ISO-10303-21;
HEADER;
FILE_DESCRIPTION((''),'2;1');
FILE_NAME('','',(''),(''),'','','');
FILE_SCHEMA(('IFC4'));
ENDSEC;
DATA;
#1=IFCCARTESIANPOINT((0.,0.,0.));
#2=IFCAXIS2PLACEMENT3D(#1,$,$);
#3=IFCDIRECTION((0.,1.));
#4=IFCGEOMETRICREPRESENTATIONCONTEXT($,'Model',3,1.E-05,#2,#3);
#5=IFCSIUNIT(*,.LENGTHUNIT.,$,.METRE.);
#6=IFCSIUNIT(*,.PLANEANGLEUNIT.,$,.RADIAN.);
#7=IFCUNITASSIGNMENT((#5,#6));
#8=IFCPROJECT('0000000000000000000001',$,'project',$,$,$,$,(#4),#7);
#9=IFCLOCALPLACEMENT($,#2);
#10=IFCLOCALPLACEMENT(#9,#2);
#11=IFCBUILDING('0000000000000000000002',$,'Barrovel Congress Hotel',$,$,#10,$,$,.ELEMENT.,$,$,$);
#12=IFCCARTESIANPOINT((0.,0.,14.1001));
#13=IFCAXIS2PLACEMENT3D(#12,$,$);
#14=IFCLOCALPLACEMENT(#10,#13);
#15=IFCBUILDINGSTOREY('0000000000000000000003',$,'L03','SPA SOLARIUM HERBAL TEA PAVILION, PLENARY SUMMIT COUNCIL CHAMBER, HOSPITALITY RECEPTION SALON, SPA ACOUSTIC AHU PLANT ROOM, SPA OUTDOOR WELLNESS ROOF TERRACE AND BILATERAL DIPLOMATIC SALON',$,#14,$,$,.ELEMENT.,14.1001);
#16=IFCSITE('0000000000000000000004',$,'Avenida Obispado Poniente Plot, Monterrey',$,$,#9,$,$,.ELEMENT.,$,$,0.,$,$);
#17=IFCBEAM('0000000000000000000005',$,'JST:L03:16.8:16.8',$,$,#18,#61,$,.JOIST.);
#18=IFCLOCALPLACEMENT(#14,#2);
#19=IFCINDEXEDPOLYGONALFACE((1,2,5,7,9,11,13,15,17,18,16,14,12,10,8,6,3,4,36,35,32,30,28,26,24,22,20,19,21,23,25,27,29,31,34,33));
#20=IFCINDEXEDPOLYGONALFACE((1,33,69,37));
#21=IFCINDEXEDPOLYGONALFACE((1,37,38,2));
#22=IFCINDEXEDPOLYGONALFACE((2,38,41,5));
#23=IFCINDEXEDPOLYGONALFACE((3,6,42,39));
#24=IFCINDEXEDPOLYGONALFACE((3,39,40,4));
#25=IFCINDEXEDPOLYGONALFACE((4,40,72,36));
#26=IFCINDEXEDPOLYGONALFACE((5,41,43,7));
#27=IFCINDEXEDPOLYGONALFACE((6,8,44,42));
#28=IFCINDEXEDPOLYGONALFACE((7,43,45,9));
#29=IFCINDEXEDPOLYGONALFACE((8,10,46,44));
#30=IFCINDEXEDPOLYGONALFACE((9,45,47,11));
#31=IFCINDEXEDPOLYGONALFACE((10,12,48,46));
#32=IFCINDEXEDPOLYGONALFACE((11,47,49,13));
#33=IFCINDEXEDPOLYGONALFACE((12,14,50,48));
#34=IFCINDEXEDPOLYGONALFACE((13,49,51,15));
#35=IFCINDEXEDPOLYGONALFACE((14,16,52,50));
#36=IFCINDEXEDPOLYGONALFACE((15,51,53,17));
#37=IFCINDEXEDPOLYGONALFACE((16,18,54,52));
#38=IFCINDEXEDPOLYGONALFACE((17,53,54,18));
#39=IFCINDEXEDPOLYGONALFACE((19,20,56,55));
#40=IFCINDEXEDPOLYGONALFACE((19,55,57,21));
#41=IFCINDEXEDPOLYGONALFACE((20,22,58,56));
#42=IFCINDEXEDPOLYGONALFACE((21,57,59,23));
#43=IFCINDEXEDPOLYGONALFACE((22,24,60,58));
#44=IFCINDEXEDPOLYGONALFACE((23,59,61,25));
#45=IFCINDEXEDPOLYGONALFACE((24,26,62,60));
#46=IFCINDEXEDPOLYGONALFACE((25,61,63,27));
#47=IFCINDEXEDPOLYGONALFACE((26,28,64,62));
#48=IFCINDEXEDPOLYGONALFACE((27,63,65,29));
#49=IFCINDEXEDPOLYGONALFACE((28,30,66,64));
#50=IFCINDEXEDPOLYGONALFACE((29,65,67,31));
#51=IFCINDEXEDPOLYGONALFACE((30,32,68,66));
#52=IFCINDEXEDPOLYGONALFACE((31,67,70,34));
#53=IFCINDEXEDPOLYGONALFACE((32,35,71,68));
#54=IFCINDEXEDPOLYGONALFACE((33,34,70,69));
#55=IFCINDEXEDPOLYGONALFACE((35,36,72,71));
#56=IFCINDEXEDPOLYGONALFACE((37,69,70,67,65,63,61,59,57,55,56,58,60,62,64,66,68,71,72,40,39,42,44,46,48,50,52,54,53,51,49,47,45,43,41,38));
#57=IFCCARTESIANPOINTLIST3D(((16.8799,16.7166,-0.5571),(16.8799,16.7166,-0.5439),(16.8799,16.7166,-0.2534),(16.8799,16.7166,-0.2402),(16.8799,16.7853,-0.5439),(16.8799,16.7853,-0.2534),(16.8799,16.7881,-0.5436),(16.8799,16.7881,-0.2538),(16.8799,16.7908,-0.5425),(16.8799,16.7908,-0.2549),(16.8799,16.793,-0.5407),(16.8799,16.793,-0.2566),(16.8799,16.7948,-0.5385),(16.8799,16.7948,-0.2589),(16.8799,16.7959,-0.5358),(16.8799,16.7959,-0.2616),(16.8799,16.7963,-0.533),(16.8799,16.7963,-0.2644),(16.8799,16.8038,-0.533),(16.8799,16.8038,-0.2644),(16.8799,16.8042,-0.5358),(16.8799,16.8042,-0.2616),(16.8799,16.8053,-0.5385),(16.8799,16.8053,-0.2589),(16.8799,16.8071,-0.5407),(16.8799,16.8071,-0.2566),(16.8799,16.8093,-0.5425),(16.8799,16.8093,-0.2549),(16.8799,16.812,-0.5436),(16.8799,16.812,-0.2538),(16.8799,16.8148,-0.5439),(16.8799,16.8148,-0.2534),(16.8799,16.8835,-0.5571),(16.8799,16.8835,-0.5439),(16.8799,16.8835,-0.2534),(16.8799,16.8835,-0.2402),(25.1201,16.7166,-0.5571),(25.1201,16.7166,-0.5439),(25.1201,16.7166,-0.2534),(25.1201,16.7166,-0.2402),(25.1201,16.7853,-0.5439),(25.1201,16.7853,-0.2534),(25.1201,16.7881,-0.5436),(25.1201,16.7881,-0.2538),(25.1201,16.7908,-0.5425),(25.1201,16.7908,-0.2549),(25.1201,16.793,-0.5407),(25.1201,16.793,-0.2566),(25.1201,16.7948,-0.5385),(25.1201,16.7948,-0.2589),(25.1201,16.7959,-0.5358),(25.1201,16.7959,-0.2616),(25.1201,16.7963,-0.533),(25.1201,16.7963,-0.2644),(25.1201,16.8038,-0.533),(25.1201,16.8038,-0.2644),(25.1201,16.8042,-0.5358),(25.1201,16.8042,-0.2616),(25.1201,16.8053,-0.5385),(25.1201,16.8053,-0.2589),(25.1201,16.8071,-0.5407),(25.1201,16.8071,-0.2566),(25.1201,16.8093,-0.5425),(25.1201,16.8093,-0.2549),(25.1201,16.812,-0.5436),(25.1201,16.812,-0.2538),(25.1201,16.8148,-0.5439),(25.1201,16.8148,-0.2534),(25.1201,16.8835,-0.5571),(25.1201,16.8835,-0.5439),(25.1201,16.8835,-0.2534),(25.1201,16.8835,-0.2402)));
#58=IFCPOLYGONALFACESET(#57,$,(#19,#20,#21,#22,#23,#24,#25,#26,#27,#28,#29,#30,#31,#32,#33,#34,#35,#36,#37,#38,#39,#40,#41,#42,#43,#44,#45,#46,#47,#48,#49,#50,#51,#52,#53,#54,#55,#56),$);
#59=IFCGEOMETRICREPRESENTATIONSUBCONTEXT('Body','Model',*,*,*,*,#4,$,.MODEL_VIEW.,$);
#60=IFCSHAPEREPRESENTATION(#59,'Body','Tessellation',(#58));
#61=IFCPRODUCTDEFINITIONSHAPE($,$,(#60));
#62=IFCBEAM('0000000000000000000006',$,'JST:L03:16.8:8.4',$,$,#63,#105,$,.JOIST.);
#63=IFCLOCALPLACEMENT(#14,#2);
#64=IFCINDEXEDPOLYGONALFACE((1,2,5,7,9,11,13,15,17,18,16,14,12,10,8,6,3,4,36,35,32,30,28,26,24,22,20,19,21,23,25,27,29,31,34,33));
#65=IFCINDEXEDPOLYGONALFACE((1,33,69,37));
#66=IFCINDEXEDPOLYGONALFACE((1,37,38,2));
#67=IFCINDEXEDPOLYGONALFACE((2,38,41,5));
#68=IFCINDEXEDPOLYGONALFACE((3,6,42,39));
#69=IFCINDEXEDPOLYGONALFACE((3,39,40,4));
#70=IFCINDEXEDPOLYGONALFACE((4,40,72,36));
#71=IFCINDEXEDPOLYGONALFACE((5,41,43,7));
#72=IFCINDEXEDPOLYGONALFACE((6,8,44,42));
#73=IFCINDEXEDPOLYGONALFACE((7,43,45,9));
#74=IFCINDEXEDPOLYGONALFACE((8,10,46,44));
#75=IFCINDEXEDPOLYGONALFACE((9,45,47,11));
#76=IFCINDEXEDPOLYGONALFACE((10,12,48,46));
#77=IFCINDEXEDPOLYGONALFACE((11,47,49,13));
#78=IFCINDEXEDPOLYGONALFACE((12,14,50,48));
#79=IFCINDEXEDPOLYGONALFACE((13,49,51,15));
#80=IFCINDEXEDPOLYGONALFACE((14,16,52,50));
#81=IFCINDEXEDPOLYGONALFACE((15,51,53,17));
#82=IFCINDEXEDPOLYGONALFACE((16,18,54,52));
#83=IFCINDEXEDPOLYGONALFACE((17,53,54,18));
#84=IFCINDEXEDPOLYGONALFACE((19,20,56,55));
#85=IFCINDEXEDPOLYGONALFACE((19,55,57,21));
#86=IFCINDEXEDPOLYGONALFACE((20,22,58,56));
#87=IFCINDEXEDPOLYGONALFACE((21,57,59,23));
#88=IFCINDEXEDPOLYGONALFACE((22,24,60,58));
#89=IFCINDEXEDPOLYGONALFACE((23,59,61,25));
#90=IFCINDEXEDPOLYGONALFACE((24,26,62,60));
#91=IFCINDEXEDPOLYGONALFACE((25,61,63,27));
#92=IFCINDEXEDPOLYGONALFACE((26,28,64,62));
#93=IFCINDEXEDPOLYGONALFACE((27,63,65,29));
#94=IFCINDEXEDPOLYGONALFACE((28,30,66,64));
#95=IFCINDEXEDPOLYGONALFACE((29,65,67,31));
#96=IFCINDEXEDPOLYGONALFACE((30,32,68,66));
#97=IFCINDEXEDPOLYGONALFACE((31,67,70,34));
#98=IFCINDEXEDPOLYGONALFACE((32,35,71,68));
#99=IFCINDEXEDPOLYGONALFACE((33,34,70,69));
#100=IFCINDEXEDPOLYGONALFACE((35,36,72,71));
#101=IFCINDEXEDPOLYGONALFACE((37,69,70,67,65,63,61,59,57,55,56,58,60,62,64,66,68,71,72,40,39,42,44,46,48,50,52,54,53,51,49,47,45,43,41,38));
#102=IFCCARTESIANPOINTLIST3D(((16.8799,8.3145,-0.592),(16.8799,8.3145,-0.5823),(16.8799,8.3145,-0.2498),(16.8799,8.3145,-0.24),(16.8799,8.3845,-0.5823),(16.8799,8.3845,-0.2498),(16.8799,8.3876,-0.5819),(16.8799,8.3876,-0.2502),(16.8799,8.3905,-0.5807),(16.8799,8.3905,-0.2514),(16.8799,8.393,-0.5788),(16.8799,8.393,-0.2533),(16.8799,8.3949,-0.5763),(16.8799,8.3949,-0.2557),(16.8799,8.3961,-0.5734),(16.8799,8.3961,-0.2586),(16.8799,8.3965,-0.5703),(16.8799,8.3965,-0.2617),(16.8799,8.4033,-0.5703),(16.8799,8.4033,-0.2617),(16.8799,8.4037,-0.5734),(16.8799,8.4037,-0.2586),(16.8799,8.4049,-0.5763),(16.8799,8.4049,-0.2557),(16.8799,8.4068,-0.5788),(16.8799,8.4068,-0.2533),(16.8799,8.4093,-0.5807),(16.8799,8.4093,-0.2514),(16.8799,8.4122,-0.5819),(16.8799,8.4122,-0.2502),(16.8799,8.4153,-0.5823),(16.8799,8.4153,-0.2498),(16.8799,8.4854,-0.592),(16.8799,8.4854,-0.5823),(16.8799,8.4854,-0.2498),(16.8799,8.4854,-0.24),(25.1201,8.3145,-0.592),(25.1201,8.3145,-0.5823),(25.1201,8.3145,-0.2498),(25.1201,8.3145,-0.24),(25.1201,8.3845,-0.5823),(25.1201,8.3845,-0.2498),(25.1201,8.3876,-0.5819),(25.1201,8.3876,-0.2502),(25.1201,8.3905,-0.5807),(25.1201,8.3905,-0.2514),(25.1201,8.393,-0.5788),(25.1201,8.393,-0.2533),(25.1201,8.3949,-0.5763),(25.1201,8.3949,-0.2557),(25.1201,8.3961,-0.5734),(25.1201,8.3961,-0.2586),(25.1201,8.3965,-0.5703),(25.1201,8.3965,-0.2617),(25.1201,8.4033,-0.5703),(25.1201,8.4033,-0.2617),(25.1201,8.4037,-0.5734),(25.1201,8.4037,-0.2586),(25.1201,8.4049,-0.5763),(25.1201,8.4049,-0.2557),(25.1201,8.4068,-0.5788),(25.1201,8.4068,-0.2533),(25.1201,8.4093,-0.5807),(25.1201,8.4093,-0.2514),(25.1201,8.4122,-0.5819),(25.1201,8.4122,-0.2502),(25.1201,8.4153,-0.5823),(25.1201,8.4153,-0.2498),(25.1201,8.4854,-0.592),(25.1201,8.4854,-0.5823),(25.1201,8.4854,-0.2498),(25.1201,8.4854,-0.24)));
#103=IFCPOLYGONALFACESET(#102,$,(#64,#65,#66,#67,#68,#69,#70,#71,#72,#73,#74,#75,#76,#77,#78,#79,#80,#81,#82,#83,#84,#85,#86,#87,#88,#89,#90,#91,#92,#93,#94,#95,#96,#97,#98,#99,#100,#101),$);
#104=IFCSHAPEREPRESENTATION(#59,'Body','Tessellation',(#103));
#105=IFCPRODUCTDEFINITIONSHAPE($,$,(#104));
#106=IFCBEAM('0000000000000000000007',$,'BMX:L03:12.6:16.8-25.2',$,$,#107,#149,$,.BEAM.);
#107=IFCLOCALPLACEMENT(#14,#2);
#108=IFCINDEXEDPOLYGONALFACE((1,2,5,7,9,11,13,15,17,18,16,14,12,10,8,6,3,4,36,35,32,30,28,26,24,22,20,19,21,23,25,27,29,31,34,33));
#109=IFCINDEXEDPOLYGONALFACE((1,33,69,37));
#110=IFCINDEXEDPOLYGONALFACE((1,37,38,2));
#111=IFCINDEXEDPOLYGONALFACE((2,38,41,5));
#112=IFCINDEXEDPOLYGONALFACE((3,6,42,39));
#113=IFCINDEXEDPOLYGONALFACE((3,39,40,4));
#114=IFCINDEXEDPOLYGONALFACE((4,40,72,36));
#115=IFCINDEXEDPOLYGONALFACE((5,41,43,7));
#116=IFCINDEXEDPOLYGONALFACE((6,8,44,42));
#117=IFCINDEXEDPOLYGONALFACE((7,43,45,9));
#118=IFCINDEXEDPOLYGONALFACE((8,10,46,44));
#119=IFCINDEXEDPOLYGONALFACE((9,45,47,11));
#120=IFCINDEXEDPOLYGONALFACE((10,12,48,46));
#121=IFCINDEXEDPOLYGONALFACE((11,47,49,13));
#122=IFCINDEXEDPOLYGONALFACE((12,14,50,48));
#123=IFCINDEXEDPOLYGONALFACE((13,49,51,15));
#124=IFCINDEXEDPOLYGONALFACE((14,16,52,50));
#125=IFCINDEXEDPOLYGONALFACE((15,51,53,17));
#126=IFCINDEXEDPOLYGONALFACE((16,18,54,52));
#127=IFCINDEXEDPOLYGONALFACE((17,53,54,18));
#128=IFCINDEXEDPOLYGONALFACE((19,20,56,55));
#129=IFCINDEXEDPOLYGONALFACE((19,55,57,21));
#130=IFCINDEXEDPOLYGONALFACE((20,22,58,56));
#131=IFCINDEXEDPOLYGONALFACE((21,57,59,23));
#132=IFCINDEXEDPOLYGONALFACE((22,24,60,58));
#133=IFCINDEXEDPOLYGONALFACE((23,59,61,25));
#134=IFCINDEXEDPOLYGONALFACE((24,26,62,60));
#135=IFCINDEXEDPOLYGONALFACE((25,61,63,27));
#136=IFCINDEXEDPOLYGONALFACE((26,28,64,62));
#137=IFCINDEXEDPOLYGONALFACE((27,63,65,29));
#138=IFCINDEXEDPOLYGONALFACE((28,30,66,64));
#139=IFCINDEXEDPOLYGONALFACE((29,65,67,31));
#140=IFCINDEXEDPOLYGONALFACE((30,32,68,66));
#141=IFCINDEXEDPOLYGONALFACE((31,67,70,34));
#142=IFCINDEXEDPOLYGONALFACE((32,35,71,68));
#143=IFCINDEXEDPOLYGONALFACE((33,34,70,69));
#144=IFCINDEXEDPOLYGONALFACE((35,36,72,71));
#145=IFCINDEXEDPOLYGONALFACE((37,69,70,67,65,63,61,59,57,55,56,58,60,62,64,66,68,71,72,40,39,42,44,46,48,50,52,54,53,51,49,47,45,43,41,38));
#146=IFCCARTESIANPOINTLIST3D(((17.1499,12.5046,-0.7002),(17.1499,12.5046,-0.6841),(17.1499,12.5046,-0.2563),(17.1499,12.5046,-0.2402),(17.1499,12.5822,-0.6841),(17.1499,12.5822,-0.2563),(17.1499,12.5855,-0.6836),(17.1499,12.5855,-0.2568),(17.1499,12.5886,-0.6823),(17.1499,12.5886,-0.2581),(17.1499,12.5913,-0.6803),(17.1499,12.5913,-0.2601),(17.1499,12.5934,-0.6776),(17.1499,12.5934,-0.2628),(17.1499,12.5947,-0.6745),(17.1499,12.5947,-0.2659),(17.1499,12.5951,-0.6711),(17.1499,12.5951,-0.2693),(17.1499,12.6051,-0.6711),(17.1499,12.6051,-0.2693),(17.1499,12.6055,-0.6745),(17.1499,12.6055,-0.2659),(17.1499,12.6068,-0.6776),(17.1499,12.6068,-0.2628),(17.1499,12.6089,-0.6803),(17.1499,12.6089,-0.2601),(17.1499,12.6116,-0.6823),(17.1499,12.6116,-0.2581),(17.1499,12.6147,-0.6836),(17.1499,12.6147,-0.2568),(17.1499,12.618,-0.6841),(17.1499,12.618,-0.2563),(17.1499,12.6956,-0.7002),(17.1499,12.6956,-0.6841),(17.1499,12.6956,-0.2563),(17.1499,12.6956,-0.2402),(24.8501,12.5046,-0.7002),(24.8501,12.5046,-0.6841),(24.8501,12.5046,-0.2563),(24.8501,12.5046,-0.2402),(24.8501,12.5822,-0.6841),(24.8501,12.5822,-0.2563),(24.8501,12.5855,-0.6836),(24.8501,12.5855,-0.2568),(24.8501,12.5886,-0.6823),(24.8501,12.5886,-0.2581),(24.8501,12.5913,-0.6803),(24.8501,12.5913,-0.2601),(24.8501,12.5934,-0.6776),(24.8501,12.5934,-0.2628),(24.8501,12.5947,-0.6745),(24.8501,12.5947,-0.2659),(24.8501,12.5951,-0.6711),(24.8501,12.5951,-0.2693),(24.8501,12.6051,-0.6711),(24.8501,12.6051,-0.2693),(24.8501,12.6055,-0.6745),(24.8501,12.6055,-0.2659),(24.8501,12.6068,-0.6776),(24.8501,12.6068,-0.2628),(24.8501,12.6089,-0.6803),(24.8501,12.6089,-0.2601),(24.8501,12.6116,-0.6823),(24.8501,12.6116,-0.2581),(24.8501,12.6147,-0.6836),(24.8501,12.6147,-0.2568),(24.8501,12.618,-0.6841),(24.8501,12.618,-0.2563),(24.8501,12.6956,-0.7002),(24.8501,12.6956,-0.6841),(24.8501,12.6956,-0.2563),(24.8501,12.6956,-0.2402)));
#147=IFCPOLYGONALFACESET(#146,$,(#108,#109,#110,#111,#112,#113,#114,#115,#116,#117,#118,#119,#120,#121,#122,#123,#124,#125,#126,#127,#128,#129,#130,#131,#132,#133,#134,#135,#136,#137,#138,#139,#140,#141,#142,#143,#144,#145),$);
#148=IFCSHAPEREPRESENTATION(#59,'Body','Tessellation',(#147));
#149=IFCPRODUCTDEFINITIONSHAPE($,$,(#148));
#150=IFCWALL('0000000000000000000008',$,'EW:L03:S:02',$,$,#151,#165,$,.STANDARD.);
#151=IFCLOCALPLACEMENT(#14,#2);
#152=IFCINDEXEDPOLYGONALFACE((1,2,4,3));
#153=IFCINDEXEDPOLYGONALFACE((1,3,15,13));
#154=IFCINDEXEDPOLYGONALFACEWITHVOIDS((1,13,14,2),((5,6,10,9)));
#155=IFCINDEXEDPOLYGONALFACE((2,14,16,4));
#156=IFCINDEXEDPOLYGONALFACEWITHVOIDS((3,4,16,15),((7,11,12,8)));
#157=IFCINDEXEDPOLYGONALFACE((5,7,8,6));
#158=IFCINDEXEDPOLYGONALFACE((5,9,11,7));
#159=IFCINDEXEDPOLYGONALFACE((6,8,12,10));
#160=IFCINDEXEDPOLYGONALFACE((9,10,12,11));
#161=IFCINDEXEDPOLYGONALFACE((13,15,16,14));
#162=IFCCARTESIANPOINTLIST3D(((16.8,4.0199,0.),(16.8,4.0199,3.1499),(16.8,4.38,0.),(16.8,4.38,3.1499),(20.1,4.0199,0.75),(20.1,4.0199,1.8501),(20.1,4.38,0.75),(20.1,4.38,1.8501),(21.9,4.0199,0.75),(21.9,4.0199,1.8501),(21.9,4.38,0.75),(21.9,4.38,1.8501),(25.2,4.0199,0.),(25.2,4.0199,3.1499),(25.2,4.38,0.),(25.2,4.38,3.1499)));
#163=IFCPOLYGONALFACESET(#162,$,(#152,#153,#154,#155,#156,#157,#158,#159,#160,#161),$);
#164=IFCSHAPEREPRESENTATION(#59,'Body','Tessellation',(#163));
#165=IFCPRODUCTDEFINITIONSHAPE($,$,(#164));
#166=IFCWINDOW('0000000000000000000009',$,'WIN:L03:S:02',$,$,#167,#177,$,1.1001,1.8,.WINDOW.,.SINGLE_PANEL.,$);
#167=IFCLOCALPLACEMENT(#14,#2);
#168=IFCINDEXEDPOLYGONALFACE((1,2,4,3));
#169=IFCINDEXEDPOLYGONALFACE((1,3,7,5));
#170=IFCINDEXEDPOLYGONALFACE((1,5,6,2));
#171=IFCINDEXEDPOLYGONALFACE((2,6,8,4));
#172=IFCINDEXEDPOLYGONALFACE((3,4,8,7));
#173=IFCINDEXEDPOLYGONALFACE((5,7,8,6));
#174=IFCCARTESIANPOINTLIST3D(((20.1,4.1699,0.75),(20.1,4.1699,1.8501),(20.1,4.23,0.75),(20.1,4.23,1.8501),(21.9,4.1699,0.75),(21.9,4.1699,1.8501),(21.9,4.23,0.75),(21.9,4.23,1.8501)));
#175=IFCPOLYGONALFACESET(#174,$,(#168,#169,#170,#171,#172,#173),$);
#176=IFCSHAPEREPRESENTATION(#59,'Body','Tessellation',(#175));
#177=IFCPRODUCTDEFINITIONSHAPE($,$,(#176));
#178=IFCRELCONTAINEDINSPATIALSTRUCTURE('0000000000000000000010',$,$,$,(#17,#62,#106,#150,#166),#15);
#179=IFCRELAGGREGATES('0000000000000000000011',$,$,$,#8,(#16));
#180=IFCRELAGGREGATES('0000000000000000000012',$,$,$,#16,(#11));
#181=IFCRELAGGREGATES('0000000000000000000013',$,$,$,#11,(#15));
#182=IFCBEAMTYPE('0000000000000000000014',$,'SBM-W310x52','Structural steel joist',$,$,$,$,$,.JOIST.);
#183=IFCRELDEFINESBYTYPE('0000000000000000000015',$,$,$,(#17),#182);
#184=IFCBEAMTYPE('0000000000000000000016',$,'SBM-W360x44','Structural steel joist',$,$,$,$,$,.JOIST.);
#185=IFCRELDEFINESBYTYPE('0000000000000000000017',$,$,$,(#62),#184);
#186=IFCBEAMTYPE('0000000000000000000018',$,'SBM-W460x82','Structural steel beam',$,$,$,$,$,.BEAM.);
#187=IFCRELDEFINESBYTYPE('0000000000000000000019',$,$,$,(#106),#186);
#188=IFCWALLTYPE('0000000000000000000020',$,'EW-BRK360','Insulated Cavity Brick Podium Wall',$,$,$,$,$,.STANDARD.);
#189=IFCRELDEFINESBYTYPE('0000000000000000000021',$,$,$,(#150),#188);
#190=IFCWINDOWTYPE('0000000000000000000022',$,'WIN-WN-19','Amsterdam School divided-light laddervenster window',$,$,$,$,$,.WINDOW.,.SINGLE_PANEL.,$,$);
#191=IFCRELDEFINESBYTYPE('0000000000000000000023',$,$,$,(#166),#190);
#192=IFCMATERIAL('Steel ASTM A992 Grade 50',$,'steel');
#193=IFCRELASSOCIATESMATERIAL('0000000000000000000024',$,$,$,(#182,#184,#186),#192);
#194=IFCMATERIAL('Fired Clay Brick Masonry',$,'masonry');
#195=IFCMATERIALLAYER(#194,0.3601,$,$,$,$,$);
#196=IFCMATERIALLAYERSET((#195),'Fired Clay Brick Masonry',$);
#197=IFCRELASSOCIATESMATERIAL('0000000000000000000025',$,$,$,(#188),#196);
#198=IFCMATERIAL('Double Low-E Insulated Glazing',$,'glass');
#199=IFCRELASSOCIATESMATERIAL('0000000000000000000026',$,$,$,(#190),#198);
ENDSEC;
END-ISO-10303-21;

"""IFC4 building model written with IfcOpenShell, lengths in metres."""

from ifc_helpers import new_model, si_unit, direction, frame, frame_2d, origin, origin_2d, place, context, subcontext, project, spatial, rectangle, i_section, extrude, material, layer, layer_set, material_profile, profile_set, type_object, element, fill, save


model = new_model("IFC4")

# Units and contexts
model_context = context("Model", 3, precision=1e-05, world=origin(), true_north=direction((0.0, 1.0)))
body_context = subcontext(model_context, "Body", "Model", "MODEL_VIEW")
ifc_project = project(units=[si_unit("LENGTHUNIT", "METRE"), si_unit("PLANEANGLEUNIT", "RADIAN")], contexts=[model_context])

# Site, building, storey
site_placement = place(None, origin())
site = spatial("IfcSite", under=ifc_project, at=site_placement, Name="Avenida Obispado Poniente Plot, Monterrey", CompositionType="ELEMENT", RefElevation=0.0)
building_placement = place(site_placement, origin())
building = spatial("IfcBuilding", under=site, at=building_placement, Name="Barrovel Congress Hotel", CompositionType="ELEMENT")
storey_placement = place(building_placement, frame((0.0, 0.0, 14.1001)))
storey = spatial("IfcBuildingStorey", under=building, at=storey_placement, Name="L03", Description="SPA SOLARIUM HERBAL TEA PAVILION, PLENARY SUMMIT COUNCIL CHAMBER, HOSPITALITY RECEPTION SALON, SPA ACOUSTIC AHU PLANT ROOM, SPA OUTDOOR WELLNESS ROOF TERRACE AND BILATERAL DIPLOMATIC SALON", CompositionType="ELEMENT", Elevation=14.1001)

# Beams
ifc_material_1 = material(Name="Steel ASTM A992 Grade 50", Category="steel")
ifc_material_profile_1 = material_profile(ifc_material_1, i_section(OverallWidth=0.167, OverallDepth=0.3169, WebThickness=0.0076, FlangeThickness=0.0132, FilletRadius=0.011, at=origin_2d()), Name="W310x52")
ifc_profile_set_1 = profile_set([ifc_material_profile_1], Name="Steel ASTM A992 Grade 50")
beam_type_1 = type_object("IfcBeamType", Name="SBM-W310x52", Description="Structural steel joist", PredefinedType="JOIST", material=ifc_profile_set_1)
beam_1_placement = place(storey_placement, frame((16.8799, 16.8, -0.3987), z_axis=(1.0, 0.0, 0.0), x_axis=(0.0, 1.0, 0.0)))
element("IfcBeam", 1, at=beam_1_placement, inside=storey, type_object=beam_type_1, Name="JST:L03:16.8:16.8", PredefinedType="JOIST", context=body_context, shape_type="SweptSolid", body=[
    extrude(i_section(OverallWidth=0.167, OverallDepth=0.3169, WebThickness=0.0076, FlangeThickness=0.0132, FilletRadius=0.011, at=origin_2d()), origin(), (0.0, 0.0, 1.0), 8.2402),
])
ifc_material_profile_2 = material_profile(ifc_material_1, i_section(OverallWidth=0.1709, OverallDepth=0.3521, WebThickness=0.0068, FlangeThickness=0.0098, FilletRadius=0.012, at=origin_2d()), Name="W360x44")
ifc_profile_set_2 = profile_set([ifc_material_profile_2], Name="Steel ASTM A992 Grade 50")
beam_type_2 = type_object("IfcBeamType", Name="SBM-W360x44", Description="Structural steel joist", PredefinedType="JOIST", material=ifc_profile_set_2)
beam_2_placement = place(storey_placement, frame((16.8799, 8.3999, -0.416), z_axis=(1.0, 0.0, 0.0), x_axis=(0.0, 1.0, 0.0)))
element("IfcBeam", 2, at=beam_2_placement, inside=storey, type_object=beam_type_2, Name="JST:L03:16.8:8.4", PredefinedType="JOIST", context=body_context, shape_type="SweptSolid", body=[
    extrude(i_section(OverallWidth=0.1709, OverallDepth=0.3521, WebThickness=0.0068, FlangeThickness=0.0098, FilletRadius=0.012, at=origin_2d()), origin(), (0.0, 0.0, 1.0), 8.2402),
])
ifc_material_profile_3 = material_profile(ifc_material_1, i_section(OverallWidth=0.1909, OverallDepth=0.46, WebThickness=0.01, FlangeThickness=0.0161, FilletRadius=0.0129, at=origin_2d()), Name="W460x82")
ifc_profile_set_3 = profile_set([ifc_material_profile_3], Name="Steel ASTM A992 Grade 50")
beam_type_3 = type_object("IfcBeamType", Name="SBM-W460x82", Description="Structural steel beam", PredefinedType="BEAM", material=ifc_profile_set_3)
beam_3_placement = place(storey_placement, frame((17.1499, 12.6001, -0.4702), z_axis=(1.0, 0.0, 0.0), x_axis=(0.0, 1.0, 0.0)))
element("IfcBeam", 3, at=beam_3_placement, inside=storey, type_object=beam_type_3, Name="BMX:L03:12.6:16.8-25.2", PredefinedType="BEAM", context=body_context, shape_type="SweptSolid", body=[
    extrude(i_section(OverallWidth=0.1909, OverallDepth=0.46, WebThickness=0.01, FlangeThickness=0.0161, FilletRadius=0.0129, at=origin_2d()), origin(), (0.0, 0.0, 1.0), 7.7002),
])

# Wall, opening, window
ifc_material_2 = material(Name="Fired Clay Brick Masonry", Category="masonry")
ifc_layer_1 = layer(ifc_material_2, 0.3601)
ifc_layer_set_1 = layer_set([ifc_layer_1], Name="Fired Clay Brick Masonry")
wall_type_1 = type_object("IfcWallType", Name="EW-BRK360", Description="Insulated Cavity Brick Podium Wall", PredefinedType="STANDARD", material=ifc_layer_set_1)
wall_1_placement = place(storey_placement, frame((16.8, 4.2, 0.0), z_axis=(0.0, 0.0, 1.0), x_axis=(1.0, 0.0, 0.0)))
wall_1 = element("IfcWall", 4, at=wall_1_placement, inside=storey, type_object=wall_type_1, Name="EW:L03:S:02", PredefinedType="STANDARD", context=body_context, shape_type="SweptSolid", body=[
    extrude(rectangle(XDim=8.3999, YDim=0.3601, at=frame_2d((4.2, 0.0))), origin(), (0.0, 0.0, 1.0), 3.1499),
])
opening_1_placement = place(wall_1_placement, frame((3.3, 0.0, 0.75)))
opening_1 = element("IfcOpeningElement", 5, at=opening_1_placement, cuts=wall_1, PredefinedType="OPENING", context=body_context, shape_type="SweptSolid", body=[
    extrude(rectangle(XDim=1.8, YDim=1.1001, at=frame_2d((0.8999, 0.55))), frame((0.0, 0.1899, 0.0), z_axis=(0.0, -1.0, 0.0), x_axis=(1.0, 0.0, 0.0)), (0.0, 0.0, 1.0), 0.3801),
])
ifc_material_3 = material(Name="Double Low-E Insulated Glazing", Category="glass")
window_type_1 = type_object("IfcWindowType", Name="WIN-WN-19", Description="Amsterdam School divided-light laddervenster window", PartitioningType="SINGLE_PANEL", PredefinedType="WINDOW", material=ifc_material_3)
window_1_placement = place(opening_1_placement, origin())
window_1 = element("IfcWindow", 6, at=window_1_placement, inside=storey, type_object=window_type_1, Name="WIN:L03:S:02", OverallHeight=1.1001, OverallWidth=1.8, PartitioningType="SINGLE_PANEL", PredefinedType="WINDOW", context=body_context, shape_type="SweptSolid", body=[
    extrude(rectangle(XDim=1.8, YDim=1.1001, at=frame_2d((0.8999, 0.55))), frame((0.0, 0.03, 0.0), z_axis=(0.0, -1.0, 0.0), x_axis=(1.0, 0.0, 0.0)), (0.0, 0.0, 1.0), 0.0601),
])
fill(opening_1, window_1)

save(model, "model.ifc")
